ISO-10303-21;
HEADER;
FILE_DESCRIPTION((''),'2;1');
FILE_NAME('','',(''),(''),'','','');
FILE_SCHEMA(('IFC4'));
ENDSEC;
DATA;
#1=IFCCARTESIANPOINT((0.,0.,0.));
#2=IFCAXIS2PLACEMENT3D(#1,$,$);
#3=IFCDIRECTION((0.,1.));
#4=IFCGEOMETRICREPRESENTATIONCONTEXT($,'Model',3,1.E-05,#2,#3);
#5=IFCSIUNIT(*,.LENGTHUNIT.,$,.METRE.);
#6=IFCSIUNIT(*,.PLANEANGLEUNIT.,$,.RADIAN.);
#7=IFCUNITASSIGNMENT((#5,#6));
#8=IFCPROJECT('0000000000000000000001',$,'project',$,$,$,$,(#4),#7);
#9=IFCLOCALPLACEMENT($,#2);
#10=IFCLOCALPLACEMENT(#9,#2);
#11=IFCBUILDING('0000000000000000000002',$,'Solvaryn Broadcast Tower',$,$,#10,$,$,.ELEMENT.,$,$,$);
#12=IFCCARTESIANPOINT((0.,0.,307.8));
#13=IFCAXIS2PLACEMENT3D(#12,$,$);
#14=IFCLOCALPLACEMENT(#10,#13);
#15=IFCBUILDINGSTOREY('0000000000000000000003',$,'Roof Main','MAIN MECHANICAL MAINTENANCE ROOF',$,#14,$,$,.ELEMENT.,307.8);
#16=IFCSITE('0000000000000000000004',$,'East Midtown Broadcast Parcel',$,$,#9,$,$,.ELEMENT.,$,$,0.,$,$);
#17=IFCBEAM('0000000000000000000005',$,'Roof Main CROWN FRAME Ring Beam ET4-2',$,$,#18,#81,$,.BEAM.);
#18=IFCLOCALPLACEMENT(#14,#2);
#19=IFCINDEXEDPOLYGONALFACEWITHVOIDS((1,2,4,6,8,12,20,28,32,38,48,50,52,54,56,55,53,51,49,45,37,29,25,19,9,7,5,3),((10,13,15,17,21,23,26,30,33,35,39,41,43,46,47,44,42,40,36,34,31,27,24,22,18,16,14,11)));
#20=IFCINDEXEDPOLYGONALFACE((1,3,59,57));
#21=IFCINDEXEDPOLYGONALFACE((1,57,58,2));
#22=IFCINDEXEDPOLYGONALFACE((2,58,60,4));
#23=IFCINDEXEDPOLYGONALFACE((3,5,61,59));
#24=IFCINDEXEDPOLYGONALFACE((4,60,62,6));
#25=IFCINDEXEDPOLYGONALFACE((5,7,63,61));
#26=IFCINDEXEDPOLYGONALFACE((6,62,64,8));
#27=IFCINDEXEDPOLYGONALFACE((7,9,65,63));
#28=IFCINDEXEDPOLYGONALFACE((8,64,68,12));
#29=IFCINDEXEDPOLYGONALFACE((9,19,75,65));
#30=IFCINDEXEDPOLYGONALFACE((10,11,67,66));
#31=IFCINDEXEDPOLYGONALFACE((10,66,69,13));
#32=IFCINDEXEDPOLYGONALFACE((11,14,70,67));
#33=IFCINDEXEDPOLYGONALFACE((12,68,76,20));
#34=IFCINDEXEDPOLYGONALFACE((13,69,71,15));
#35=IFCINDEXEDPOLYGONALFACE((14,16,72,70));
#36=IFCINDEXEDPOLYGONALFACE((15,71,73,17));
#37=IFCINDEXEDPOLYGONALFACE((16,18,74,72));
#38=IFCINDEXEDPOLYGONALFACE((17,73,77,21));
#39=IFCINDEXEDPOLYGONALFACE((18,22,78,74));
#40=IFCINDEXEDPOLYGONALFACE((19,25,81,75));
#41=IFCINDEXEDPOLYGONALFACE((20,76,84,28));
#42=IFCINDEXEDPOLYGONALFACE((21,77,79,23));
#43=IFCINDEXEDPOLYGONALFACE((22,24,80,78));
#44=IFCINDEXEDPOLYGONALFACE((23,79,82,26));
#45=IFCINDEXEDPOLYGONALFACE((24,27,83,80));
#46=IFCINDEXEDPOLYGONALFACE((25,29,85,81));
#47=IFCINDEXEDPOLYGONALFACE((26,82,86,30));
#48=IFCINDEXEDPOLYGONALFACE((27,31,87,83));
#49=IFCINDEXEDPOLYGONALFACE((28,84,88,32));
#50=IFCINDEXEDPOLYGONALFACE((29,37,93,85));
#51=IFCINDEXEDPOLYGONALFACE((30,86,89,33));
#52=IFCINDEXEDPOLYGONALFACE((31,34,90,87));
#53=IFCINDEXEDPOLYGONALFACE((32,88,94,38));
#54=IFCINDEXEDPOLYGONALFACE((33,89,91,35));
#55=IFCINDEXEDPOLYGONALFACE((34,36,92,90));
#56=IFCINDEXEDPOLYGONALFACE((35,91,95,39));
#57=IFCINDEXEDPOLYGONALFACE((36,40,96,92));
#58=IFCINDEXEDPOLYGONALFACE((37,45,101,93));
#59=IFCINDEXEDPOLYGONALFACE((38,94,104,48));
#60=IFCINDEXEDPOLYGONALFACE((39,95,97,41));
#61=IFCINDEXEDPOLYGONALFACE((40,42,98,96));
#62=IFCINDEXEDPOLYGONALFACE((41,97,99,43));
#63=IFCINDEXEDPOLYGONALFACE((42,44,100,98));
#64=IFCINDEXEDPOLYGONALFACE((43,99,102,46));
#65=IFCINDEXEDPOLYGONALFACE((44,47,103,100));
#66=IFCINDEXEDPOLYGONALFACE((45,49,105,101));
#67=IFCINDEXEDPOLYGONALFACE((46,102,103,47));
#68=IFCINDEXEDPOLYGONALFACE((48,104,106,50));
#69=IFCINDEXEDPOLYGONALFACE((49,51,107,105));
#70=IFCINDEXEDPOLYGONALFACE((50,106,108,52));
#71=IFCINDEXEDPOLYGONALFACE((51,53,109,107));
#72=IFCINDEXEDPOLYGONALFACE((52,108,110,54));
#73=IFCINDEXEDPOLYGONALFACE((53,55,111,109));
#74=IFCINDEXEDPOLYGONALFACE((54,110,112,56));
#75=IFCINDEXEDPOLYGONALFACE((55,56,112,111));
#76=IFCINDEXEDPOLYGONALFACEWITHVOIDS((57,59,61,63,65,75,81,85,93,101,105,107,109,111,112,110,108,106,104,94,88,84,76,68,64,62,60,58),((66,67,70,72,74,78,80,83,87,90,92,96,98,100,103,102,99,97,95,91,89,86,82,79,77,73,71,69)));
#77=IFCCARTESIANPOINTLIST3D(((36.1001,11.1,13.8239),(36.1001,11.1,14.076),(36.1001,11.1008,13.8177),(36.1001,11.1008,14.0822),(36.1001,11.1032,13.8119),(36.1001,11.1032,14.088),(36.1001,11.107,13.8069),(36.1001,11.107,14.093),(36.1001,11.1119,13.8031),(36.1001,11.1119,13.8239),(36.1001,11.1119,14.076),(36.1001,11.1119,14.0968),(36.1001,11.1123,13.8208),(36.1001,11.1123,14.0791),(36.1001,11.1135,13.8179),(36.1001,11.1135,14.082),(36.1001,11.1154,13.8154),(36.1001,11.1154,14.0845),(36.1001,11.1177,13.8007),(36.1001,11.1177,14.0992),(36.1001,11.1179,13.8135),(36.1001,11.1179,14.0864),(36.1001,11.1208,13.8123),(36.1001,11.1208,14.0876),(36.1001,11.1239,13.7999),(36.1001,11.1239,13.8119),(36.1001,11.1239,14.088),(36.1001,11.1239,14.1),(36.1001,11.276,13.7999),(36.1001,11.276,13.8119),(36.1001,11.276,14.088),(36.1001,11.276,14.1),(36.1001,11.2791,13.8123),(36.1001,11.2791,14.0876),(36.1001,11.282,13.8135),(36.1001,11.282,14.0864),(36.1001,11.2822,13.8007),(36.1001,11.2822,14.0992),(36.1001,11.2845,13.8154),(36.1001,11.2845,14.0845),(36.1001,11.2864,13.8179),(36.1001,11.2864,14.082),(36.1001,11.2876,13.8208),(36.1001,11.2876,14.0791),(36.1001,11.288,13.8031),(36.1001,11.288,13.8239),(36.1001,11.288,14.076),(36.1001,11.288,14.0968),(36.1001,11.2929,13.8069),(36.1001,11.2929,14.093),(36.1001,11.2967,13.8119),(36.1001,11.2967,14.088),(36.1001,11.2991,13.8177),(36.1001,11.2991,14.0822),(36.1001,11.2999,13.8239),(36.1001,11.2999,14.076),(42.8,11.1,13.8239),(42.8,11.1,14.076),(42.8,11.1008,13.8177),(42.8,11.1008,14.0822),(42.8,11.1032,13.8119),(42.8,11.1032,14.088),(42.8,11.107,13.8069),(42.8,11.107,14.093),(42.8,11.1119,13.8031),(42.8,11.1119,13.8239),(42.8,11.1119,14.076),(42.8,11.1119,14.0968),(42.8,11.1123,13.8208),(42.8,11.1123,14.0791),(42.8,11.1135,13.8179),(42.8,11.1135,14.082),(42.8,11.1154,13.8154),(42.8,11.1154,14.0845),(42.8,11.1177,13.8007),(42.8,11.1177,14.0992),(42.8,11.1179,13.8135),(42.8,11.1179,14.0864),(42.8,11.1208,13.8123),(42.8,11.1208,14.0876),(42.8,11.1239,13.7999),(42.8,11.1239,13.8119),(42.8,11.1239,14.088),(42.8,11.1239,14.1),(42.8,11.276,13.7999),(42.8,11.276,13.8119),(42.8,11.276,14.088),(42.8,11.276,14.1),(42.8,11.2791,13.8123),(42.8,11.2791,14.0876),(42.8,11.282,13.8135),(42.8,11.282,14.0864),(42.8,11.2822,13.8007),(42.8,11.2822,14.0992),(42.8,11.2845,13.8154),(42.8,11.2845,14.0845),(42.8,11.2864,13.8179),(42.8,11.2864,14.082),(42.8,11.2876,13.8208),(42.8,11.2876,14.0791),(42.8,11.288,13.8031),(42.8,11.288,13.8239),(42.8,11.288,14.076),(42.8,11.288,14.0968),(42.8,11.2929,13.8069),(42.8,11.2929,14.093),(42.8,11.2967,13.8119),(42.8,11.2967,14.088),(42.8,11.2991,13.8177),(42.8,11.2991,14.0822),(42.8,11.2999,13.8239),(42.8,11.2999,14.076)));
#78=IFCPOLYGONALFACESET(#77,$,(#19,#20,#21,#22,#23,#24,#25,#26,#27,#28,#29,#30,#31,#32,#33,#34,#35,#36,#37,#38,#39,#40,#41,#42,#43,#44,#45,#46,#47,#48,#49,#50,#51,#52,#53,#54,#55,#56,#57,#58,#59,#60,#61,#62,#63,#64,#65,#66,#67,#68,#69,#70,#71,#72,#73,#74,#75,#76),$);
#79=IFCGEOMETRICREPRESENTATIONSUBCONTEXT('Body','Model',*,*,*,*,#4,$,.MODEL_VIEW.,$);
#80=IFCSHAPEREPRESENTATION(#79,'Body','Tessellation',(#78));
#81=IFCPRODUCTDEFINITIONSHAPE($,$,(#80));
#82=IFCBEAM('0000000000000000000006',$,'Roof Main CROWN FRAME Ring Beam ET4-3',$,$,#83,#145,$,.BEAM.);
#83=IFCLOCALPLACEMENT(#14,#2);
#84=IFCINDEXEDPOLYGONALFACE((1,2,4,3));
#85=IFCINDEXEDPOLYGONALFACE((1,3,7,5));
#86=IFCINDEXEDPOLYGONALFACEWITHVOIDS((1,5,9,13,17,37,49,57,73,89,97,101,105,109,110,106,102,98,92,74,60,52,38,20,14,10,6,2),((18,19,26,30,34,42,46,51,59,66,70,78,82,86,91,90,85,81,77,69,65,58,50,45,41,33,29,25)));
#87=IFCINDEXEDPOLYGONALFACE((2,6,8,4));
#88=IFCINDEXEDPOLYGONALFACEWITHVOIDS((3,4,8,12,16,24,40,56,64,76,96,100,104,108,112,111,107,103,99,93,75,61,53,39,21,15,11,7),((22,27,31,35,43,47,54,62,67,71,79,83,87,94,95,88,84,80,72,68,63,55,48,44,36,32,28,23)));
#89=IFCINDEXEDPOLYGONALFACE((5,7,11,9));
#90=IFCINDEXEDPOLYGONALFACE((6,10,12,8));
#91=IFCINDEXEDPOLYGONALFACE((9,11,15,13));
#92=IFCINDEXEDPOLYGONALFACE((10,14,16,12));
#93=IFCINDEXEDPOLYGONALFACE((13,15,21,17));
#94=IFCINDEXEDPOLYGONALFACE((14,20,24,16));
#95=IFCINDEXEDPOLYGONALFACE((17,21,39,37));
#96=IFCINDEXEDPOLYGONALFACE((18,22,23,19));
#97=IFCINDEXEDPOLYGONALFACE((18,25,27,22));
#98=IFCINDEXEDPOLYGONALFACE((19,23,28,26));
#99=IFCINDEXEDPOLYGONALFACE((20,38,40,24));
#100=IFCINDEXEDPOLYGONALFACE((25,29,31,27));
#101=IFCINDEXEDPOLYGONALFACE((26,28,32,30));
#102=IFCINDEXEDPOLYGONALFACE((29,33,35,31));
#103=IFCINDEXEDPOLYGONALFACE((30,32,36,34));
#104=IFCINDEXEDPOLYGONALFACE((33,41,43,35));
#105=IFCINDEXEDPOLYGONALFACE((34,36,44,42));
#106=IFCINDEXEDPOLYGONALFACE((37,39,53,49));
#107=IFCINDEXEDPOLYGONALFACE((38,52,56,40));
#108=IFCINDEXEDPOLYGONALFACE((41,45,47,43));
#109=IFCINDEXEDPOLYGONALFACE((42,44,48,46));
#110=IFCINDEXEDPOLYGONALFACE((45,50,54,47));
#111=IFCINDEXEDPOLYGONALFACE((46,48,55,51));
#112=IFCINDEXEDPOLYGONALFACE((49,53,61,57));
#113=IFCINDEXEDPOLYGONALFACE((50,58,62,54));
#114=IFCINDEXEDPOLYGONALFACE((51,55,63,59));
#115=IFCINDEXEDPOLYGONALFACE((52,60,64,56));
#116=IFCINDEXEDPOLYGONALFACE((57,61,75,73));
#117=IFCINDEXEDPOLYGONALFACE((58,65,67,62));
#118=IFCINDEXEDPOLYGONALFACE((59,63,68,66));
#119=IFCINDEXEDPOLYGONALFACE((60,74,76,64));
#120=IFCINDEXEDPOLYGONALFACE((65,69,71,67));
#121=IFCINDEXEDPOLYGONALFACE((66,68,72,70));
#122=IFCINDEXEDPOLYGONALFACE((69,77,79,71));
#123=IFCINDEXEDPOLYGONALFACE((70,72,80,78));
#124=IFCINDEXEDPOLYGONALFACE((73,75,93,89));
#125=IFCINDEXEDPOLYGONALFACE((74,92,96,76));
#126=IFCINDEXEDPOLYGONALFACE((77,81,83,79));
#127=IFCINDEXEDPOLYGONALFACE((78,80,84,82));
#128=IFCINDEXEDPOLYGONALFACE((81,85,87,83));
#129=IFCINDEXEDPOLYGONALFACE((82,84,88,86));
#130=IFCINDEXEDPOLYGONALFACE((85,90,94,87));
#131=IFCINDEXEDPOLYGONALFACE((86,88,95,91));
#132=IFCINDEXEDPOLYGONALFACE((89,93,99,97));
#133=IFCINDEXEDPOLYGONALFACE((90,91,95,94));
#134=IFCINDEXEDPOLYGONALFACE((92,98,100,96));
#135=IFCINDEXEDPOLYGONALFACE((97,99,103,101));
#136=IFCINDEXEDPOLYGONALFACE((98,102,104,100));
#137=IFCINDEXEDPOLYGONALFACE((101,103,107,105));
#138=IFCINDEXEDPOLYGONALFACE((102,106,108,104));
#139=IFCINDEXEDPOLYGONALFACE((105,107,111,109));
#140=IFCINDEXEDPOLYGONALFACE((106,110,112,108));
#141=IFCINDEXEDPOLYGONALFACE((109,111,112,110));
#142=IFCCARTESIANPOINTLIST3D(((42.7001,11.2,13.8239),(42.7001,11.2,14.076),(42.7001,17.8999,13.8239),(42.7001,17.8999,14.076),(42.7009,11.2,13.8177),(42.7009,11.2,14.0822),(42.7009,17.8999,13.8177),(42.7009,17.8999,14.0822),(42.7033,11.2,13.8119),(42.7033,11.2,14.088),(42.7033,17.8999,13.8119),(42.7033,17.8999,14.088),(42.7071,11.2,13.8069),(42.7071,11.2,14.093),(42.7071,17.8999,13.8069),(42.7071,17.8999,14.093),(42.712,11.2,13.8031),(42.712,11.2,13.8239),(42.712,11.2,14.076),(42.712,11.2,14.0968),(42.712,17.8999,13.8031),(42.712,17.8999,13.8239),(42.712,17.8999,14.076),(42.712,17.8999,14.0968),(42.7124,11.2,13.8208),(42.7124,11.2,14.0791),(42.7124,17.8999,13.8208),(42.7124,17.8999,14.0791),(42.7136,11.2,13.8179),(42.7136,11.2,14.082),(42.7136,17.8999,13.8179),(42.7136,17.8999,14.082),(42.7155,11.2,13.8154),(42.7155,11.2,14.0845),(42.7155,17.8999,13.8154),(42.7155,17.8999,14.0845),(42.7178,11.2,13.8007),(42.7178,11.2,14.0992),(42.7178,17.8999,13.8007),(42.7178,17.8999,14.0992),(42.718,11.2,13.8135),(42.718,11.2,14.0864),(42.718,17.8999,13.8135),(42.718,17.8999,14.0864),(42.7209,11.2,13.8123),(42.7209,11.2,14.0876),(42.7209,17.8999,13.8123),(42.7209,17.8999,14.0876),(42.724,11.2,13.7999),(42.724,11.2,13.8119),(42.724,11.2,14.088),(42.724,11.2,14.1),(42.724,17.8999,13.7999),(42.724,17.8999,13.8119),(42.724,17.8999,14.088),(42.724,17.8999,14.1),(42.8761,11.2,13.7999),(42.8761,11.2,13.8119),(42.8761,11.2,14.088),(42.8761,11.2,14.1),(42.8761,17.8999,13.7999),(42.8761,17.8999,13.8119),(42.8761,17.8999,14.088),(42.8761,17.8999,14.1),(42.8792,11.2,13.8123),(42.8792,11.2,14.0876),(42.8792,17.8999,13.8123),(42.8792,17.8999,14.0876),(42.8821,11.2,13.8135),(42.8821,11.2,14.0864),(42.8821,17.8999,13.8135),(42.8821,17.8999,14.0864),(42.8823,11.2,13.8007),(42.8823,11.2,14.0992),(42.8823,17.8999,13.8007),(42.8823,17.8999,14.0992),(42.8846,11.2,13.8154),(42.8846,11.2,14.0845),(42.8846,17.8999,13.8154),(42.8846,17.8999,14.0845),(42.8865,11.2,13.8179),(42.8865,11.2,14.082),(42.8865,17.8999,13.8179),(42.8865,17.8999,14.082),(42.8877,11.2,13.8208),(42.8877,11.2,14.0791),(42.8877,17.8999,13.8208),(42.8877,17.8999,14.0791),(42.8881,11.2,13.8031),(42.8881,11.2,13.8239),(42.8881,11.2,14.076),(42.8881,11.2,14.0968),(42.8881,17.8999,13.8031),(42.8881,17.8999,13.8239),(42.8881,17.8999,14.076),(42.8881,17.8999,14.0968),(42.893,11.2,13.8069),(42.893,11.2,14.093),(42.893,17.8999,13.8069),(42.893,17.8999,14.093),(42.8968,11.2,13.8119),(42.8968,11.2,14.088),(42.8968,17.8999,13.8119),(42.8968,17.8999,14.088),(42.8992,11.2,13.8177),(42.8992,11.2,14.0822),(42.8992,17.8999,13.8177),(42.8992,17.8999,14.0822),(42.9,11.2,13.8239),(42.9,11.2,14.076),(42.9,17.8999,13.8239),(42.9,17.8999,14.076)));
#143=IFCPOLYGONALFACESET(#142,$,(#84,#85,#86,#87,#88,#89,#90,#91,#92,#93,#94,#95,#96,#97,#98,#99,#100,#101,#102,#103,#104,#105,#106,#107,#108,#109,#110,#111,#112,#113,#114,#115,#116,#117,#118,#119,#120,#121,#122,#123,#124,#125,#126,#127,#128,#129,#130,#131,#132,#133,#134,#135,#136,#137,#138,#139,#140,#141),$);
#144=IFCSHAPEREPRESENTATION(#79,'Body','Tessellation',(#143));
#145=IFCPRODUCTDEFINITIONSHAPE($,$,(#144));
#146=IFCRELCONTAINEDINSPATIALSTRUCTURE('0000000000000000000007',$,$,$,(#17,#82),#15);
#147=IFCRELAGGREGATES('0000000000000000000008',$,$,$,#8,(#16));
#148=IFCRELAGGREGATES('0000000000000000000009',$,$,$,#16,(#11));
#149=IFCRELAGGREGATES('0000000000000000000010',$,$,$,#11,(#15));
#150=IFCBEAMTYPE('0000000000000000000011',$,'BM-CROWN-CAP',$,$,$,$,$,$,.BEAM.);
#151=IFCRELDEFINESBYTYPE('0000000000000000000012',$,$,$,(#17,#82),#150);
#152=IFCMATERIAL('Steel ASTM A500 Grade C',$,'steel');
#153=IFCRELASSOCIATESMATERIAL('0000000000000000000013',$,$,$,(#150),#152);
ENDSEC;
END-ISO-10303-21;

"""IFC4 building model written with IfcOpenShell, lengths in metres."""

from ifc_helpers import new_model, si_unit, direction, frame, origin, origin_2d, place, context, subcontext, project, spatial, hollow_rectangle, extrude, material, material_profile, profile_set, type_object, element, save


model = new_model("IFC4")

# Units and contexts
model_context = context("Model", 3, precision=1e-05, world=origin(), true_north=direction((0.0, 1.0)))
body_context = subcontext(model_context, "Body", "Model", "MODEL_VIEW")
ifc_project = project(units=[si_unit("LENGTHUNIT", "METRE"), si_unit("PLANEANGLEUNIT", "RADIAN")], contexts=[model_context])

# Site, building, storey
site_placement = place(None, origin())
site = spatial("IfcSite", under=ifc_project, at=site_placement, Name="East Midtown Broadcast Parcel", CompositionType="ELEMENT", RefElevation=0.0)
building_placement = place(site_placement, origin())
building = spatial("IfcBuilding", under=site, at=building_placement, Name="Solvaryn Broadcast Tower", CompositionType="ELEMENT")
storey_placement = place(building_placement, frame((0.0, 0.0, 307.8)))
storey = spatial("IfcBuildingStorey", under=building, at=storey_placement, Name="Roof Main", Description="MAIN MECHANICAL MAINTENANCE ROOF", CompositionType="ELEMENT", Elevation=307.8)

# Beams
ifc_material_1 = material(Name="Steel ASTM A500 Grade C", Category="steel")
ifc_material_profile_1 = material_profile(ifc_material_1, hollow_rectangle(XDim=0.2, YDim=0.3, WallThickness=0.012, InnerFilletRadius=0.012, OuterFilletRadius=0.0239, at=origin_2d()))
ifc_profile_set_1 = profile_set([ifc_material_profile_1], Name="Steel ASTM A500 Grade C")
beam_type_1 = type_object("IfcBeamType", Name="BM-CROWN-CAP", PredefinedType="BEAM", material=ifc_profile_set_1)
for number, where, z_axis, x_axis, name in (
    (1, (36.1001, 11.2, 13.95), (1.0, 0.0, 0.0), (0.0, 1.0, 0.0), "Roof Main CROWN FRAME Ring Beam ET4-2"),
    (2, (42.8, 11.2, 13.95), (0.0, 1.0, 0.0), (-1.0, 0.0, 0.0), "Roof Main CROWN FRAME Ring Beam ET4-3"),
):
    element("IfcBeam", number, at=place(storey_placement, frame(where, z_axis=z_axis, x_axis=x_axis)), inside=storey, type_object=beam_type_1, Name=name, PredefinedType="BEAM", context=body_context, shape_type="SweptSolid", body=[
        extrude(hollow_rectangle(XDim=0.2, YDim=0.3, WallThickness=0.012, InnerFilletRadius=0.012, OuterFilletRadius=0.0239, at=origin_2d()), origin(), (0.0, 0.0, 1.0), 6.7),
    ])

save(model, "model.ifc")
